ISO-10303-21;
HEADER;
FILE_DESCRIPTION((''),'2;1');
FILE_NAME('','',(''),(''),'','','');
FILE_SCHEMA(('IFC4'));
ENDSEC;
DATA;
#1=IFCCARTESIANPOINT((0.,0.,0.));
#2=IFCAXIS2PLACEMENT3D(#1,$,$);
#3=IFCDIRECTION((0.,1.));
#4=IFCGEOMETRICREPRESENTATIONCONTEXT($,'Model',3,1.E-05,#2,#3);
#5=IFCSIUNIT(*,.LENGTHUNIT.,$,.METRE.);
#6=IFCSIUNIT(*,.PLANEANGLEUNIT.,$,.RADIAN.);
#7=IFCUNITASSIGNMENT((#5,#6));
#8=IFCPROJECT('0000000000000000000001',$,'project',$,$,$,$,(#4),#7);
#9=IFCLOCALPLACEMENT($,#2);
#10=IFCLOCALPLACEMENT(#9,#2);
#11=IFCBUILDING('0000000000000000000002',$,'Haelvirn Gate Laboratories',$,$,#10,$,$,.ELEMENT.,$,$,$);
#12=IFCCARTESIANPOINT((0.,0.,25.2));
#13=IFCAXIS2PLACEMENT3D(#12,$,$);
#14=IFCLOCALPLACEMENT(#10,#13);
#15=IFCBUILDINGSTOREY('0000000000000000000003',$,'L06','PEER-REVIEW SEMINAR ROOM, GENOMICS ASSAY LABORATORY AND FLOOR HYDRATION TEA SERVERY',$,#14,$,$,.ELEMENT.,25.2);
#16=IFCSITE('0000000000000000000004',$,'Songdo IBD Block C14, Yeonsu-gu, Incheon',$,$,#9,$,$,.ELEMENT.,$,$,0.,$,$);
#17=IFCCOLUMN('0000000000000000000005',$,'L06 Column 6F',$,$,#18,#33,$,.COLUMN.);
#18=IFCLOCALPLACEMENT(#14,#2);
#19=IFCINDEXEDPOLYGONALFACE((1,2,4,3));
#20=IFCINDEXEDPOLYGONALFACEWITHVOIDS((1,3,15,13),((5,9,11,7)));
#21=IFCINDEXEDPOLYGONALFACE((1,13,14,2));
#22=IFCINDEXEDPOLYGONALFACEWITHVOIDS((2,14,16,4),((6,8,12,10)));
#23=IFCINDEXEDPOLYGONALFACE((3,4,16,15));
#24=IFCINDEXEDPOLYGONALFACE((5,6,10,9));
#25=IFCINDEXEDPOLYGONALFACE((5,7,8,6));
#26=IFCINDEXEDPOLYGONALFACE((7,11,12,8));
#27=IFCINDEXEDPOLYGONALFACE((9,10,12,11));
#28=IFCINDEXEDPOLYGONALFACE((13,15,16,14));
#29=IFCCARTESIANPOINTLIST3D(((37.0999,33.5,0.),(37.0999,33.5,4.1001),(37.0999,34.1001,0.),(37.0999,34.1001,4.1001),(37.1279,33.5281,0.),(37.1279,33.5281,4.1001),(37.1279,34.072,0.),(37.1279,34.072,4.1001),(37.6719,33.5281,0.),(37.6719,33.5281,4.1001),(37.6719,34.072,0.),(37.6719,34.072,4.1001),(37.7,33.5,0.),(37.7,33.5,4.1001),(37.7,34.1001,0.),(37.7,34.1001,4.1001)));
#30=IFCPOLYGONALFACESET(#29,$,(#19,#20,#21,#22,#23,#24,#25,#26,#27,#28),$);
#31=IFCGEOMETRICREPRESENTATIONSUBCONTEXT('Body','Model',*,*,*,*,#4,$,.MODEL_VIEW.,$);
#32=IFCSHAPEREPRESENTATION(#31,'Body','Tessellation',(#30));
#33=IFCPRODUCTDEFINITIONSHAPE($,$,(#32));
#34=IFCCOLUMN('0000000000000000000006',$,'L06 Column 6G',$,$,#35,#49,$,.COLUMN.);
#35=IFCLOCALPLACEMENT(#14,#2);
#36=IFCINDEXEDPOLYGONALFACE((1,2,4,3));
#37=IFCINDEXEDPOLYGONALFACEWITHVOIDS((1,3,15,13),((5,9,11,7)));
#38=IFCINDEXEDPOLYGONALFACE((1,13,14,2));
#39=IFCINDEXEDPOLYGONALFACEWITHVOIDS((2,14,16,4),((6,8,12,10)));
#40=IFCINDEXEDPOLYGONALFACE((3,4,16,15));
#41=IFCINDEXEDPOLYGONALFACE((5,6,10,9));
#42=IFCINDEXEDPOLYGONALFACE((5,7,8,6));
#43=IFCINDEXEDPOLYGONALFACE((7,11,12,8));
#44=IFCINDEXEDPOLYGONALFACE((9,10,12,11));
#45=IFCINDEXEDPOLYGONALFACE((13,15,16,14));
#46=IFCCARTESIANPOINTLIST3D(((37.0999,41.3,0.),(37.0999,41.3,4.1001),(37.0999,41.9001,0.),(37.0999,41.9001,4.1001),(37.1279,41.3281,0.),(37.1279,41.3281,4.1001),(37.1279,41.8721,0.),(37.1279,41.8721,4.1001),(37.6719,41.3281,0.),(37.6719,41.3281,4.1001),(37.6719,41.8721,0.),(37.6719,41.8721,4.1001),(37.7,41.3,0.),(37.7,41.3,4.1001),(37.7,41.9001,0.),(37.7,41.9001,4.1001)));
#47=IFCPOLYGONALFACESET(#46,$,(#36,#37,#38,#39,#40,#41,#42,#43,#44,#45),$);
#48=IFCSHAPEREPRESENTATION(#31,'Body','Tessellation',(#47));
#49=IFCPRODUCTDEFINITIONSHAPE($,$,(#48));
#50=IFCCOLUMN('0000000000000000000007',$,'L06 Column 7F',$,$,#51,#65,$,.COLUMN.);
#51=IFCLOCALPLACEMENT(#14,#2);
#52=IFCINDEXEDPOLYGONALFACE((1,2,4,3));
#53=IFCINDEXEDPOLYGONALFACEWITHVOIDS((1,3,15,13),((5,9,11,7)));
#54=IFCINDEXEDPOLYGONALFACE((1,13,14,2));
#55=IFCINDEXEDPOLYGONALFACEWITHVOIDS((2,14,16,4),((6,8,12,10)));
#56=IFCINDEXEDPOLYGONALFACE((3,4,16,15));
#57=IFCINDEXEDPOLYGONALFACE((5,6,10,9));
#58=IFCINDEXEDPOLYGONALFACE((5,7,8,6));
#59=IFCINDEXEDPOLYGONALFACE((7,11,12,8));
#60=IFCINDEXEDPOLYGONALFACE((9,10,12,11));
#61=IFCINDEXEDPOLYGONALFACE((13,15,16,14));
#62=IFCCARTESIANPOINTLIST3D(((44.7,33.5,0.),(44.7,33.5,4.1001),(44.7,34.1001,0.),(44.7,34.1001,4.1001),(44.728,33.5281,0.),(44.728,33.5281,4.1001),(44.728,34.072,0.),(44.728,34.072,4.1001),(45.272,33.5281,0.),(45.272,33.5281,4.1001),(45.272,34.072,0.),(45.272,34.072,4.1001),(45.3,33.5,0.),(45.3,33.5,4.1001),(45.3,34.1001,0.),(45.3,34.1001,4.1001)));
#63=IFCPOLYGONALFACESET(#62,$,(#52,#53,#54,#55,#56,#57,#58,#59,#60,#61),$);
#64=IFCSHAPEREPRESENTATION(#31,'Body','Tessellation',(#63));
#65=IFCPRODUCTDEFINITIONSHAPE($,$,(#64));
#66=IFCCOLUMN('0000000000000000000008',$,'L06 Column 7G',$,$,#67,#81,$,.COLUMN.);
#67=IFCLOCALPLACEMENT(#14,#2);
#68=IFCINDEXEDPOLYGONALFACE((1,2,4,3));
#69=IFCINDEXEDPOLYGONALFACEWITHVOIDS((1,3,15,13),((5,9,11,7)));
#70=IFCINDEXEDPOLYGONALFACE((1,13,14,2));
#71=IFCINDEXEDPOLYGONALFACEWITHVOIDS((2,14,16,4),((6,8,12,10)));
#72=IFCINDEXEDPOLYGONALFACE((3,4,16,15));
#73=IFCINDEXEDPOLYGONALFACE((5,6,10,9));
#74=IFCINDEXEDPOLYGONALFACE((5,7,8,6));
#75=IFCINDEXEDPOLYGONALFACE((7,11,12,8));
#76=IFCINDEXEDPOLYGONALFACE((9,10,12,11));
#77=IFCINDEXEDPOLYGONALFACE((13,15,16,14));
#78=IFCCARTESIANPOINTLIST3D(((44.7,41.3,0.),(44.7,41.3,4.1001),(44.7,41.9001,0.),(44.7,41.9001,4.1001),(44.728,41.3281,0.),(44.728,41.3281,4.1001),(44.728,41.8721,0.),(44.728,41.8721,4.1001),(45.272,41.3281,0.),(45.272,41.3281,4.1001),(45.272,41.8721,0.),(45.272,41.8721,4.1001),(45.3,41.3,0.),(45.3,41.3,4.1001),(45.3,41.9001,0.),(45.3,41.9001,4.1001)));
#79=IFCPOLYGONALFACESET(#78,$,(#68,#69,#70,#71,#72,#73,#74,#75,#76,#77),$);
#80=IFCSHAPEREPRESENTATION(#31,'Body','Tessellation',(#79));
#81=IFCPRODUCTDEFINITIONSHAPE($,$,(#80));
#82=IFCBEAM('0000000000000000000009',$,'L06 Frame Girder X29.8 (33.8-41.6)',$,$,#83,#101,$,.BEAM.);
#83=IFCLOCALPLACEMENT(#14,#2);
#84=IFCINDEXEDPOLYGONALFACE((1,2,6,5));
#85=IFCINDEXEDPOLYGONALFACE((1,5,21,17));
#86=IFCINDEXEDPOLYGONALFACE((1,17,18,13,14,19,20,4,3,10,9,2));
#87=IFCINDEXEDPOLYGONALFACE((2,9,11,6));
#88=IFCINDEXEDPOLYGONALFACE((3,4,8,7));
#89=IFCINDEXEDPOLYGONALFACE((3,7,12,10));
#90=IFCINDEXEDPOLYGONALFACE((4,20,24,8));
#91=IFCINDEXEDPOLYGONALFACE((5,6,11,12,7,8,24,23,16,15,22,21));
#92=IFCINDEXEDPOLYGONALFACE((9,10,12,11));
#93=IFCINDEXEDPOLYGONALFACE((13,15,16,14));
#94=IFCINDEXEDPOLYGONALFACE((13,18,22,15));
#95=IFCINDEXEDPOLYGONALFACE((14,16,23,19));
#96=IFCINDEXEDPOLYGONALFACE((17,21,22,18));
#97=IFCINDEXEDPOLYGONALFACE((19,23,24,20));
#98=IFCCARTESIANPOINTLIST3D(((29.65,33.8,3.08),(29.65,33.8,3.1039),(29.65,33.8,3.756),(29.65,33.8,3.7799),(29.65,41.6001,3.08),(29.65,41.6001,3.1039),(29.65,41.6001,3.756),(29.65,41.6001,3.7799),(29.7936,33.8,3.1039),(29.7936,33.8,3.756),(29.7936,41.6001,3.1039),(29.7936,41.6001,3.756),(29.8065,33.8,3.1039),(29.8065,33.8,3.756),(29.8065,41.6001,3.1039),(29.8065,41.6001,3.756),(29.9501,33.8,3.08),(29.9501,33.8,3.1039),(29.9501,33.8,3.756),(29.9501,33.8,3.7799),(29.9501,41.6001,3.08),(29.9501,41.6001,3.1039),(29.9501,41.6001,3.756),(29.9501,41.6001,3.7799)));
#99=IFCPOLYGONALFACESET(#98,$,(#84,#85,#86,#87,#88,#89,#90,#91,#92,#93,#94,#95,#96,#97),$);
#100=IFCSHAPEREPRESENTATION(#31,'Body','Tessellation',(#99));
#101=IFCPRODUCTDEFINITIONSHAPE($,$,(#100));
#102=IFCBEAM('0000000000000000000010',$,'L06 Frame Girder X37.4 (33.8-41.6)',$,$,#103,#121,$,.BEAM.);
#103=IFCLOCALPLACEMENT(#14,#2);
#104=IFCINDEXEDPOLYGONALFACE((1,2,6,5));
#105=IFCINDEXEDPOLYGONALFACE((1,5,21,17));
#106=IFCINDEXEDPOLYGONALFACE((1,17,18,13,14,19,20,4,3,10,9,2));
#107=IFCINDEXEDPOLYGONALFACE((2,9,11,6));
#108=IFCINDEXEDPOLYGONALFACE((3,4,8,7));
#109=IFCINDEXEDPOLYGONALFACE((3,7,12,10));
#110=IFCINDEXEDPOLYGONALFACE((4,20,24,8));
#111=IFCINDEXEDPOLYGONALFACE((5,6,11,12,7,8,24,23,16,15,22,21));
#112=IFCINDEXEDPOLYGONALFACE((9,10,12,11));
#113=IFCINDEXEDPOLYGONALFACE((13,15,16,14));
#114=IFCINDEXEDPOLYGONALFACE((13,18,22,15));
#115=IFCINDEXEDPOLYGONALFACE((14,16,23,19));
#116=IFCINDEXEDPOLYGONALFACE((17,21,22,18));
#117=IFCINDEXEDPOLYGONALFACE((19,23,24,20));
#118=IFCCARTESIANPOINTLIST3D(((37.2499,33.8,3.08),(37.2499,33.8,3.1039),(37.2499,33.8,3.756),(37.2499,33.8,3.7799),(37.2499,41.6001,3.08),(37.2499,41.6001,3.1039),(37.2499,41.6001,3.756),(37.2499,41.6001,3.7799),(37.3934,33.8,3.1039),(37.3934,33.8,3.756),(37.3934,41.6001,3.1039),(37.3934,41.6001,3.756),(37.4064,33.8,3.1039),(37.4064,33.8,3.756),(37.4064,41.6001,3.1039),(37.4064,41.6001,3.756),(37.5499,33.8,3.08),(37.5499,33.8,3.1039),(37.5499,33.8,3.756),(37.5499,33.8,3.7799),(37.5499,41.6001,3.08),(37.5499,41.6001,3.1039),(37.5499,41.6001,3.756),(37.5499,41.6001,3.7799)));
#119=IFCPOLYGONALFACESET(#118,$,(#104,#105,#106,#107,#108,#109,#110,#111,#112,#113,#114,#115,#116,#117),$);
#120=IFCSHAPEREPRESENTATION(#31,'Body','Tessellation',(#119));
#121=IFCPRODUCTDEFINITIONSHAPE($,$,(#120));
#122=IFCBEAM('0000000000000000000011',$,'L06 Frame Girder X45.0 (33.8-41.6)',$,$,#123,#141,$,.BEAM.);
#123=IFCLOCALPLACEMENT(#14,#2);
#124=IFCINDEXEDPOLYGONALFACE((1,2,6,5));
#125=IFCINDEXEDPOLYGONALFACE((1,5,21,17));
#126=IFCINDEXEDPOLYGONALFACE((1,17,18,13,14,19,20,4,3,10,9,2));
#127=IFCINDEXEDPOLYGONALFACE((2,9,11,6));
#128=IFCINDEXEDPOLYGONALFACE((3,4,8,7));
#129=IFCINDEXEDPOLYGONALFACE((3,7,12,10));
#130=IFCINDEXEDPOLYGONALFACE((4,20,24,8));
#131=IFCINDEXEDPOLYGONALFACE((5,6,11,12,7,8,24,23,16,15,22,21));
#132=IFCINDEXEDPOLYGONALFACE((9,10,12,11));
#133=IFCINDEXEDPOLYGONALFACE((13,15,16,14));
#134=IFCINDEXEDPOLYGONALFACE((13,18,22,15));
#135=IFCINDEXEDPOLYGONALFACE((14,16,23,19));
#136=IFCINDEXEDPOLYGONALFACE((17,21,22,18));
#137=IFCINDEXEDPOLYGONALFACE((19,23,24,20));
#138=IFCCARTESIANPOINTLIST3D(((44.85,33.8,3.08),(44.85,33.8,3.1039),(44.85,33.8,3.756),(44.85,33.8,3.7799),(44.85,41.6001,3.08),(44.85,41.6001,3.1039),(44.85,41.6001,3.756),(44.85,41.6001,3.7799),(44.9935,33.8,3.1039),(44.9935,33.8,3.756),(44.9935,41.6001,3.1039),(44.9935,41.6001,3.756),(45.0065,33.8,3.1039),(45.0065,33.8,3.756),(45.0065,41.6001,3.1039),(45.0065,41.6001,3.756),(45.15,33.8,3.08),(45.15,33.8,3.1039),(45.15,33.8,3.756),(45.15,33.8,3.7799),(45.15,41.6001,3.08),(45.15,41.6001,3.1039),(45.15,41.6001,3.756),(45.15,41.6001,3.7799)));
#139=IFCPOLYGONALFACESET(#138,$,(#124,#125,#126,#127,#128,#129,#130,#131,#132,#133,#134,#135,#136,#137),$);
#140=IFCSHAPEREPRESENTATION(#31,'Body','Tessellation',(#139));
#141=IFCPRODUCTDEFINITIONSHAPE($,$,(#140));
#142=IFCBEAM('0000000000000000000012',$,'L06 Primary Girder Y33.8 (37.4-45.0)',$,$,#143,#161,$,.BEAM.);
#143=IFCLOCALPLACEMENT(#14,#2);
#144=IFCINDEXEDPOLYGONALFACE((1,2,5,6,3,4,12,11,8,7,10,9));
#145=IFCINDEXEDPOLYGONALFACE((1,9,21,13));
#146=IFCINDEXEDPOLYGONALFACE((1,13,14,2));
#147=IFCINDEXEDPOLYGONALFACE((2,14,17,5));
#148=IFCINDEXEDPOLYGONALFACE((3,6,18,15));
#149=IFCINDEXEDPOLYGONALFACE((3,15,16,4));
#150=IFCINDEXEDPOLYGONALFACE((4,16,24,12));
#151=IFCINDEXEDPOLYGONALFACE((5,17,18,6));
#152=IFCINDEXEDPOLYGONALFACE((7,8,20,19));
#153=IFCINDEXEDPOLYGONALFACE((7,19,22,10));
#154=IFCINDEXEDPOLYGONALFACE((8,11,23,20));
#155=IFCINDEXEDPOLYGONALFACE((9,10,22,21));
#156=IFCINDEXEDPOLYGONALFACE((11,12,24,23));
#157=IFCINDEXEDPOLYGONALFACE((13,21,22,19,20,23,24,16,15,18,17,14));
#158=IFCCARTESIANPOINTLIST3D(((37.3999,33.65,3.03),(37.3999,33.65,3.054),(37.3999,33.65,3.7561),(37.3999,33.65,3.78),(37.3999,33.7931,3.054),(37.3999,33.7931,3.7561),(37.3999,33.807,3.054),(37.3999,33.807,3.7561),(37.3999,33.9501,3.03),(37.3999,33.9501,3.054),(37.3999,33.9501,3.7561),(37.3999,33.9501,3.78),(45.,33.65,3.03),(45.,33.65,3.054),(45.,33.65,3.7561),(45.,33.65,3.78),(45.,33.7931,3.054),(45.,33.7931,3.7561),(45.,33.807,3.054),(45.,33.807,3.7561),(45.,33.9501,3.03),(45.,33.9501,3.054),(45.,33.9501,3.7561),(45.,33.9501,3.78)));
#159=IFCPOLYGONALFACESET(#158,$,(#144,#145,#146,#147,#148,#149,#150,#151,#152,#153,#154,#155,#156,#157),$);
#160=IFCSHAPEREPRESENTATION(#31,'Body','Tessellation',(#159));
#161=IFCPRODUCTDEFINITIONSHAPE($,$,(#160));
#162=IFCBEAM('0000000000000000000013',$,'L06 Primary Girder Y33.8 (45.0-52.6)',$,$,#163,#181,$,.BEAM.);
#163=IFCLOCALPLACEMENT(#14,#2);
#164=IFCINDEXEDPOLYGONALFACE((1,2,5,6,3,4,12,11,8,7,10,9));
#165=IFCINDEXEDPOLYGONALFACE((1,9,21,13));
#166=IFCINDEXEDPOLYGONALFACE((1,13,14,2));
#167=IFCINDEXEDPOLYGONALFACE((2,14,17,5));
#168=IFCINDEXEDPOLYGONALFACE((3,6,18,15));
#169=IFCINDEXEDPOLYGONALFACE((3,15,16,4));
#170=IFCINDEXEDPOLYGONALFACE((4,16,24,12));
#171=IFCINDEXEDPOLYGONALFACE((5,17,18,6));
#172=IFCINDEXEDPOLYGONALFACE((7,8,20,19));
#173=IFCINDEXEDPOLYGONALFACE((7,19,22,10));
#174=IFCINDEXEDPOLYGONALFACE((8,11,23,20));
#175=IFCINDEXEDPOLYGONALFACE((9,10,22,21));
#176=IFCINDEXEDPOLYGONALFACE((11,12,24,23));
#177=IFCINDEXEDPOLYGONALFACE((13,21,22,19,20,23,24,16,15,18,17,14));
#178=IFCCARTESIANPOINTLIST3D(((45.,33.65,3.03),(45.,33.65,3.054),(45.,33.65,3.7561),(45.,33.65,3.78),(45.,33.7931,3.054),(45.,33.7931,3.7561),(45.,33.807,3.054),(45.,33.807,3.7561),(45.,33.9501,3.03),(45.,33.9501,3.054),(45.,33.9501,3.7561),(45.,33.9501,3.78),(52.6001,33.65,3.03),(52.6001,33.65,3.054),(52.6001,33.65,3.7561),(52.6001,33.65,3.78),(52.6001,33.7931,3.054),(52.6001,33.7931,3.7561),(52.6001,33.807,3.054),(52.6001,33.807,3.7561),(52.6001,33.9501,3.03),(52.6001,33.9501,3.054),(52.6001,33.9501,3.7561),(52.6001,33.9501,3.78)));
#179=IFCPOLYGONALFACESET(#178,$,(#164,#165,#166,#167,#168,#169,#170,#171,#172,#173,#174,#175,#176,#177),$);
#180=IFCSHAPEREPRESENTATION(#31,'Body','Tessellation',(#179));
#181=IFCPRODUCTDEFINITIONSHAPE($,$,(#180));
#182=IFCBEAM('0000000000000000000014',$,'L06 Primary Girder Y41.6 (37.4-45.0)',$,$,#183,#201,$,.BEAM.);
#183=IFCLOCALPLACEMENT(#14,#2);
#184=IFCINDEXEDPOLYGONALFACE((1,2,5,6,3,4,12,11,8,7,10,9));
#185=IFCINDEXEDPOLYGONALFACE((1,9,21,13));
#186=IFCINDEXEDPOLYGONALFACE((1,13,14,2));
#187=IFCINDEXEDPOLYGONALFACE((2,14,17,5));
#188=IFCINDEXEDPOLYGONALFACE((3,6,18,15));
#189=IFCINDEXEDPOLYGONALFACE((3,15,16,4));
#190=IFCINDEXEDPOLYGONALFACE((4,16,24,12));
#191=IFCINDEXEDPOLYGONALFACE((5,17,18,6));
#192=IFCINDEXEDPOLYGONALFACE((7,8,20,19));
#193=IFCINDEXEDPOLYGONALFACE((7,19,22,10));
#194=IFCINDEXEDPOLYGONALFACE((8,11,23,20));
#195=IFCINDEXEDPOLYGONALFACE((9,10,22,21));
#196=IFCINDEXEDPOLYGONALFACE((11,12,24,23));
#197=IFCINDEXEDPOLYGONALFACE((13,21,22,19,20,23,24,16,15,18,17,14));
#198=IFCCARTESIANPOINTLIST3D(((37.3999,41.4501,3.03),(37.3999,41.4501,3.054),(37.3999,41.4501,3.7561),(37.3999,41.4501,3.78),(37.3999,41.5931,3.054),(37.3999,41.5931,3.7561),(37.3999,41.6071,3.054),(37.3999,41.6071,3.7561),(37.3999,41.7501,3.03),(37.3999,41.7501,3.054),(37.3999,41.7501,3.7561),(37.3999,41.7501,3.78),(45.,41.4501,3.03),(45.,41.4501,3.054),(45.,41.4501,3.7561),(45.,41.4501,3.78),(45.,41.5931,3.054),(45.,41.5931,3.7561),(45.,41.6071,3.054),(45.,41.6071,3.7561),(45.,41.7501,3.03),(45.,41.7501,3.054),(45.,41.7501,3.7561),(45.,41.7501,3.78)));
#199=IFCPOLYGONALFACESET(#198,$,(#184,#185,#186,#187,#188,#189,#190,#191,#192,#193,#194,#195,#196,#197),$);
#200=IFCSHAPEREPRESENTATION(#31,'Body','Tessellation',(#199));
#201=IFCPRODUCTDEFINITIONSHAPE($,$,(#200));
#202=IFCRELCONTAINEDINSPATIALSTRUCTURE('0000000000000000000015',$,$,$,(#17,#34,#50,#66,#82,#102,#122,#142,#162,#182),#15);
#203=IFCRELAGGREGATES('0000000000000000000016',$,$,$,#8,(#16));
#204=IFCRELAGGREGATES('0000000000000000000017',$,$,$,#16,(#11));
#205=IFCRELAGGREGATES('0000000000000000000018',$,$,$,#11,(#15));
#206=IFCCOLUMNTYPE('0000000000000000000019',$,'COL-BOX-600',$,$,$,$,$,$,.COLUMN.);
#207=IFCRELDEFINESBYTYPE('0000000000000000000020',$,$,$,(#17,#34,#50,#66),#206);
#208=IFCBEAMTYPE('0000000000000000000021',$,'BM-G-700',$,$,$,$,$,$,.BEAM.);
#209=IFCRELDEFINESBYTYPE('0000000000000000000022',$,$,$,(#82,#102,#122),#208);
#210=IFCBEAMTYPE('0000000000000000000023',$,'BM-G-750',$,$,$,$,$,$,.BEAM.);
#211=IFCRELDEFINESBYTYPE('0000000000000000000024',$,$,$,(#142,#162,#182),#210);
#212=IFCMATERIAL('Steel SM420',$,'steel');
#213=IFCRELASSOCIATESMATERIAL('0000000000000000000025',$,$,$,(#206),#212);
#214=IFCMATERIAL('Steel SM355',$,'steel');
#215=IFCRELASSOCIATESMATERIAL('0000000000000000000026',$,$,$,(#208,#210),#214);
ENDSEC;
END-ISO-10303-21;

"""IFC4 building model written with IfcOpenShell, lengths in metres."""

from ifc_helpers import new_model, si_unit, direction, frame, origin, origin_2d, place, context, subcontext, project, spatial, hollow_rectangle, i_section, extrude, source, transform, mapped, material, material_profile, profile_set, type_object, type_shapes, element, save


model = new_model("IFC4")

# Units and contexts
model_context = context("Model", 3, precision=1e-05, world=origin(), true_north=direction((0.0, 1.0)))
body_context = subcontext(model_context, "Body", "Model", "MODEL_VIEW")
ifc_project = project(units=[si_unit("LENGTHUNIT", "METRE"), si_unit("PLANEANGLEUNIT", "RADIAN")], contexts=[model_context])

# Site, building, storey
site_placement = place(None, origin())
site = spatial("IfcSite", under=ifc_project, at=site_placement, Name="Songdo IBD Block C14, Yeonsu-gu, Incheon", CompositionType="ELEMENT", RefElevation=0.0)
building_placement = place(site_placement, origin())
building = spatial("IfcBuilding", under=site, at=building_placement, Name="Haelvirn Gate Laboratories", CompositionType="ELEMENT")
storey_placement = place(building_placement, frame((0.0, 0.0, 25.2)))
storey = spatial("IfcBuildingStorey", under=building, at=storey_placement, Name="L06", Description="PEER-REVIEW SEMINAR ROOM, GENOMICS ASSAY LABORATORY AND FLOOR HYDRATION TEA SERVERY", CompositionType="ELEMENT", Elevation=25.2)

# Columns
ifc_material_1 = material(Name="Steel SM420", Category="steel")
ifc_material_profile_1 = material_profile(ifc_material_1, hollow_rectangle(XDim=0.6001, YDim=0.6001, WallThickness=0.0281, at=origin_2d()), Name="BOX-600x600x28")
ifc_profile_set_1 = profile_set([ifc_material_profile_1], Name="Steel SM420")
column_type = type_object("IfcColumnType", Name="COL-BOX-600", PredefinedType="COLUMN", material=ifc_profile_set_1)
shared_shape_1 = source(origin(), body_context, "Body", "SweptSolid", [
    extrude(hollow_rectangle(XDim=0.6001, YDim=0.6001, WallThickness=0.0281, at=origin_2d()), origin(), (0.0, 0.0, 1.0), 4.1001),
])
type_shapes(column_type, [shared_shape_1])
for number, where, z_axis, x_axis, name in (
    (1, (37.3999, 33.8, 0.0), (0.0, 0.0, 1.0), (1.0, 0.0, 0.0), "L06 Column 6F"),
    (2, (37.3999, 41.6001, 0.0), (0.0, 0.0, 1.0), (1.0, 0.0, 0.0), "L06 Column 6G"),
    (3, (45.0, 33.8, 0.0), (0.0, 0.0, 1.0), (1.0, 0.0, 0.0), "L06 Column 7F"),
    (4, (45.0, 41.6001, 0.0), (0.0, 0.0, 1.0), (1.0, 0.0, 0.0), "L06 Column 7G"),
):
    element("IfcColumn", number, at=place(storey_placement, frame(where, z_axis=z_axis, x_axis=x_axis)), inside=storey, type_object=column_type, Name=name, PredefinedType="COLUMN", context=body_context, shape_type="MappedRepresentation", body=[
        mapped(shared_shape_1, transform((0.0, 0.0, 0.0), scale=1.0)),
    ])

# Beams
ifc_material_2 = material(Name="Steel SM355", Category="steel")
ifc_material_profile_2 = material_profile(ifc_material_2, i_section(OverallWidth=0.3, OverallDepth=0.7, WebThickness=0.0129, FlangeThickness=0.0239, at=origin_2d()), Name="H-700x300x13x24")
ifc_profile_set_2 = profile_set([ifc_material_profile_2], Name="Steel SM355")
beam_type_1 = type_object("IfcBeamType", Name="BM-G-700", PredefinedType="BEAM", material=ifc_profile_set_2)
shared_shape_2 = source(origin(), body_context, "Body", "SweptSolid", [
    extrude(i_section(OverallWidth=0.3, OverallDepth=0.7, WebThickness=0.0129, FlangeThickness=0.0239, at=origin_2d()), origin(), (0.0, 0.0, 1.0), 7.8),
])
type_shapes(beam_type_1, [shared_shape_2])
for number, where, z_axis, x_axis, name in (
    (5, (29.8, 33.8, 3.4299), (0.0, 1.0, 0.0), (-1.0, 0.0, 0.0), "L06 Frame Girder X29.8 (33.8-41.6)"),
    (6, (37.3999, 33.8, 3.4299), (0.0, 1.0, 0.0), (-1.0, 0.0, 0.0), "L06 Frame Girder X37.4 (33.8-41.6)"),
    (7, (45.0, 33.8, 3.4299), (0.0, 1.0, 0.0), (-1.0, 0.0, 0.0), "L06 Frame Girder X45.0 (33.8-41.6)"),
):
    element("IfcBeam", number, at=place(storey_placement, frame(where, z_axis=z_axis, x_axis=x_axis)), inside=storey, type_object=beam_type_1, Name=name, PredefinedType="BEAM", context=body_context, shape_type="MappedRepresentation", body=[
        mapped(shared_shape_2, transform((0.0, 0.0, 0.0), scale=1.0)),
    ])
ifc_material_profile_3 = material_profile(ifc_material_2, i_section(OverallWidth=0.3, OverallDepth=0.75, WebThickness=0.0139, FlangeThickness=0.0239, at=origin_2d()), Name="H-750x300x14x24")
ifc_profile_set_3 = profile_set([ifc_material_profile_3], Name="Steel SM355")
beam_type_2 = type_object("IfcBeamType", Name="BM-G-750", PredefinedType="BEAM", material=ifc_profile_set_3)
shared_shape_3 = source(origin(), body_context, "Body", "SweptSolid", [
    extrude(i_section(OverallWidth=0.3, OverallDepth=0.75, WebThickness=0.0139, FlangeThickness=0.0239, at=origin_2d()), origin(), (0.0, 0.0, 1.0), 7.6001),
])
type_shapes(beam_type_2, [shared_shape_3])
for number, where, z_axis, x_axis, name in (
    (8, (37.3999, 33.8, 3.405), (1.0, 0.0, 0.0), (0.0, 1.0, 0.0), "L06 Primary Girder Y33.8 (37.4-45.0)"),
    (9, (45.0, 33.8, 3.405), (1.0, 0.0, 0.0), (0.0, 1.0, 0.0), "L06 Primary Girder Y33.8 (45.0-52.6)"),
    (10, (37.3999, 41.6001, 3.405), (1.0, 0.0, 0.0), (0.0, 1.0, 0.0), "L06 Primary Girder Y41.6 (37.4-45.0)"),
):
    element("IfcBeam", number, at=place(storey_placement, frame(where, z_axis=z_axis, x_axis=x_axis)), inside=storey, type_object=beam_type_2, Name=name, PredefinedType="BEAM", context=body_context, shape_type="MappedRepresentation", body=[
        mapped(shared_shape_3, transform((0.0, 0.0, 0.0), scale=1.0)),
    ])

save(model, "model.ifc")
